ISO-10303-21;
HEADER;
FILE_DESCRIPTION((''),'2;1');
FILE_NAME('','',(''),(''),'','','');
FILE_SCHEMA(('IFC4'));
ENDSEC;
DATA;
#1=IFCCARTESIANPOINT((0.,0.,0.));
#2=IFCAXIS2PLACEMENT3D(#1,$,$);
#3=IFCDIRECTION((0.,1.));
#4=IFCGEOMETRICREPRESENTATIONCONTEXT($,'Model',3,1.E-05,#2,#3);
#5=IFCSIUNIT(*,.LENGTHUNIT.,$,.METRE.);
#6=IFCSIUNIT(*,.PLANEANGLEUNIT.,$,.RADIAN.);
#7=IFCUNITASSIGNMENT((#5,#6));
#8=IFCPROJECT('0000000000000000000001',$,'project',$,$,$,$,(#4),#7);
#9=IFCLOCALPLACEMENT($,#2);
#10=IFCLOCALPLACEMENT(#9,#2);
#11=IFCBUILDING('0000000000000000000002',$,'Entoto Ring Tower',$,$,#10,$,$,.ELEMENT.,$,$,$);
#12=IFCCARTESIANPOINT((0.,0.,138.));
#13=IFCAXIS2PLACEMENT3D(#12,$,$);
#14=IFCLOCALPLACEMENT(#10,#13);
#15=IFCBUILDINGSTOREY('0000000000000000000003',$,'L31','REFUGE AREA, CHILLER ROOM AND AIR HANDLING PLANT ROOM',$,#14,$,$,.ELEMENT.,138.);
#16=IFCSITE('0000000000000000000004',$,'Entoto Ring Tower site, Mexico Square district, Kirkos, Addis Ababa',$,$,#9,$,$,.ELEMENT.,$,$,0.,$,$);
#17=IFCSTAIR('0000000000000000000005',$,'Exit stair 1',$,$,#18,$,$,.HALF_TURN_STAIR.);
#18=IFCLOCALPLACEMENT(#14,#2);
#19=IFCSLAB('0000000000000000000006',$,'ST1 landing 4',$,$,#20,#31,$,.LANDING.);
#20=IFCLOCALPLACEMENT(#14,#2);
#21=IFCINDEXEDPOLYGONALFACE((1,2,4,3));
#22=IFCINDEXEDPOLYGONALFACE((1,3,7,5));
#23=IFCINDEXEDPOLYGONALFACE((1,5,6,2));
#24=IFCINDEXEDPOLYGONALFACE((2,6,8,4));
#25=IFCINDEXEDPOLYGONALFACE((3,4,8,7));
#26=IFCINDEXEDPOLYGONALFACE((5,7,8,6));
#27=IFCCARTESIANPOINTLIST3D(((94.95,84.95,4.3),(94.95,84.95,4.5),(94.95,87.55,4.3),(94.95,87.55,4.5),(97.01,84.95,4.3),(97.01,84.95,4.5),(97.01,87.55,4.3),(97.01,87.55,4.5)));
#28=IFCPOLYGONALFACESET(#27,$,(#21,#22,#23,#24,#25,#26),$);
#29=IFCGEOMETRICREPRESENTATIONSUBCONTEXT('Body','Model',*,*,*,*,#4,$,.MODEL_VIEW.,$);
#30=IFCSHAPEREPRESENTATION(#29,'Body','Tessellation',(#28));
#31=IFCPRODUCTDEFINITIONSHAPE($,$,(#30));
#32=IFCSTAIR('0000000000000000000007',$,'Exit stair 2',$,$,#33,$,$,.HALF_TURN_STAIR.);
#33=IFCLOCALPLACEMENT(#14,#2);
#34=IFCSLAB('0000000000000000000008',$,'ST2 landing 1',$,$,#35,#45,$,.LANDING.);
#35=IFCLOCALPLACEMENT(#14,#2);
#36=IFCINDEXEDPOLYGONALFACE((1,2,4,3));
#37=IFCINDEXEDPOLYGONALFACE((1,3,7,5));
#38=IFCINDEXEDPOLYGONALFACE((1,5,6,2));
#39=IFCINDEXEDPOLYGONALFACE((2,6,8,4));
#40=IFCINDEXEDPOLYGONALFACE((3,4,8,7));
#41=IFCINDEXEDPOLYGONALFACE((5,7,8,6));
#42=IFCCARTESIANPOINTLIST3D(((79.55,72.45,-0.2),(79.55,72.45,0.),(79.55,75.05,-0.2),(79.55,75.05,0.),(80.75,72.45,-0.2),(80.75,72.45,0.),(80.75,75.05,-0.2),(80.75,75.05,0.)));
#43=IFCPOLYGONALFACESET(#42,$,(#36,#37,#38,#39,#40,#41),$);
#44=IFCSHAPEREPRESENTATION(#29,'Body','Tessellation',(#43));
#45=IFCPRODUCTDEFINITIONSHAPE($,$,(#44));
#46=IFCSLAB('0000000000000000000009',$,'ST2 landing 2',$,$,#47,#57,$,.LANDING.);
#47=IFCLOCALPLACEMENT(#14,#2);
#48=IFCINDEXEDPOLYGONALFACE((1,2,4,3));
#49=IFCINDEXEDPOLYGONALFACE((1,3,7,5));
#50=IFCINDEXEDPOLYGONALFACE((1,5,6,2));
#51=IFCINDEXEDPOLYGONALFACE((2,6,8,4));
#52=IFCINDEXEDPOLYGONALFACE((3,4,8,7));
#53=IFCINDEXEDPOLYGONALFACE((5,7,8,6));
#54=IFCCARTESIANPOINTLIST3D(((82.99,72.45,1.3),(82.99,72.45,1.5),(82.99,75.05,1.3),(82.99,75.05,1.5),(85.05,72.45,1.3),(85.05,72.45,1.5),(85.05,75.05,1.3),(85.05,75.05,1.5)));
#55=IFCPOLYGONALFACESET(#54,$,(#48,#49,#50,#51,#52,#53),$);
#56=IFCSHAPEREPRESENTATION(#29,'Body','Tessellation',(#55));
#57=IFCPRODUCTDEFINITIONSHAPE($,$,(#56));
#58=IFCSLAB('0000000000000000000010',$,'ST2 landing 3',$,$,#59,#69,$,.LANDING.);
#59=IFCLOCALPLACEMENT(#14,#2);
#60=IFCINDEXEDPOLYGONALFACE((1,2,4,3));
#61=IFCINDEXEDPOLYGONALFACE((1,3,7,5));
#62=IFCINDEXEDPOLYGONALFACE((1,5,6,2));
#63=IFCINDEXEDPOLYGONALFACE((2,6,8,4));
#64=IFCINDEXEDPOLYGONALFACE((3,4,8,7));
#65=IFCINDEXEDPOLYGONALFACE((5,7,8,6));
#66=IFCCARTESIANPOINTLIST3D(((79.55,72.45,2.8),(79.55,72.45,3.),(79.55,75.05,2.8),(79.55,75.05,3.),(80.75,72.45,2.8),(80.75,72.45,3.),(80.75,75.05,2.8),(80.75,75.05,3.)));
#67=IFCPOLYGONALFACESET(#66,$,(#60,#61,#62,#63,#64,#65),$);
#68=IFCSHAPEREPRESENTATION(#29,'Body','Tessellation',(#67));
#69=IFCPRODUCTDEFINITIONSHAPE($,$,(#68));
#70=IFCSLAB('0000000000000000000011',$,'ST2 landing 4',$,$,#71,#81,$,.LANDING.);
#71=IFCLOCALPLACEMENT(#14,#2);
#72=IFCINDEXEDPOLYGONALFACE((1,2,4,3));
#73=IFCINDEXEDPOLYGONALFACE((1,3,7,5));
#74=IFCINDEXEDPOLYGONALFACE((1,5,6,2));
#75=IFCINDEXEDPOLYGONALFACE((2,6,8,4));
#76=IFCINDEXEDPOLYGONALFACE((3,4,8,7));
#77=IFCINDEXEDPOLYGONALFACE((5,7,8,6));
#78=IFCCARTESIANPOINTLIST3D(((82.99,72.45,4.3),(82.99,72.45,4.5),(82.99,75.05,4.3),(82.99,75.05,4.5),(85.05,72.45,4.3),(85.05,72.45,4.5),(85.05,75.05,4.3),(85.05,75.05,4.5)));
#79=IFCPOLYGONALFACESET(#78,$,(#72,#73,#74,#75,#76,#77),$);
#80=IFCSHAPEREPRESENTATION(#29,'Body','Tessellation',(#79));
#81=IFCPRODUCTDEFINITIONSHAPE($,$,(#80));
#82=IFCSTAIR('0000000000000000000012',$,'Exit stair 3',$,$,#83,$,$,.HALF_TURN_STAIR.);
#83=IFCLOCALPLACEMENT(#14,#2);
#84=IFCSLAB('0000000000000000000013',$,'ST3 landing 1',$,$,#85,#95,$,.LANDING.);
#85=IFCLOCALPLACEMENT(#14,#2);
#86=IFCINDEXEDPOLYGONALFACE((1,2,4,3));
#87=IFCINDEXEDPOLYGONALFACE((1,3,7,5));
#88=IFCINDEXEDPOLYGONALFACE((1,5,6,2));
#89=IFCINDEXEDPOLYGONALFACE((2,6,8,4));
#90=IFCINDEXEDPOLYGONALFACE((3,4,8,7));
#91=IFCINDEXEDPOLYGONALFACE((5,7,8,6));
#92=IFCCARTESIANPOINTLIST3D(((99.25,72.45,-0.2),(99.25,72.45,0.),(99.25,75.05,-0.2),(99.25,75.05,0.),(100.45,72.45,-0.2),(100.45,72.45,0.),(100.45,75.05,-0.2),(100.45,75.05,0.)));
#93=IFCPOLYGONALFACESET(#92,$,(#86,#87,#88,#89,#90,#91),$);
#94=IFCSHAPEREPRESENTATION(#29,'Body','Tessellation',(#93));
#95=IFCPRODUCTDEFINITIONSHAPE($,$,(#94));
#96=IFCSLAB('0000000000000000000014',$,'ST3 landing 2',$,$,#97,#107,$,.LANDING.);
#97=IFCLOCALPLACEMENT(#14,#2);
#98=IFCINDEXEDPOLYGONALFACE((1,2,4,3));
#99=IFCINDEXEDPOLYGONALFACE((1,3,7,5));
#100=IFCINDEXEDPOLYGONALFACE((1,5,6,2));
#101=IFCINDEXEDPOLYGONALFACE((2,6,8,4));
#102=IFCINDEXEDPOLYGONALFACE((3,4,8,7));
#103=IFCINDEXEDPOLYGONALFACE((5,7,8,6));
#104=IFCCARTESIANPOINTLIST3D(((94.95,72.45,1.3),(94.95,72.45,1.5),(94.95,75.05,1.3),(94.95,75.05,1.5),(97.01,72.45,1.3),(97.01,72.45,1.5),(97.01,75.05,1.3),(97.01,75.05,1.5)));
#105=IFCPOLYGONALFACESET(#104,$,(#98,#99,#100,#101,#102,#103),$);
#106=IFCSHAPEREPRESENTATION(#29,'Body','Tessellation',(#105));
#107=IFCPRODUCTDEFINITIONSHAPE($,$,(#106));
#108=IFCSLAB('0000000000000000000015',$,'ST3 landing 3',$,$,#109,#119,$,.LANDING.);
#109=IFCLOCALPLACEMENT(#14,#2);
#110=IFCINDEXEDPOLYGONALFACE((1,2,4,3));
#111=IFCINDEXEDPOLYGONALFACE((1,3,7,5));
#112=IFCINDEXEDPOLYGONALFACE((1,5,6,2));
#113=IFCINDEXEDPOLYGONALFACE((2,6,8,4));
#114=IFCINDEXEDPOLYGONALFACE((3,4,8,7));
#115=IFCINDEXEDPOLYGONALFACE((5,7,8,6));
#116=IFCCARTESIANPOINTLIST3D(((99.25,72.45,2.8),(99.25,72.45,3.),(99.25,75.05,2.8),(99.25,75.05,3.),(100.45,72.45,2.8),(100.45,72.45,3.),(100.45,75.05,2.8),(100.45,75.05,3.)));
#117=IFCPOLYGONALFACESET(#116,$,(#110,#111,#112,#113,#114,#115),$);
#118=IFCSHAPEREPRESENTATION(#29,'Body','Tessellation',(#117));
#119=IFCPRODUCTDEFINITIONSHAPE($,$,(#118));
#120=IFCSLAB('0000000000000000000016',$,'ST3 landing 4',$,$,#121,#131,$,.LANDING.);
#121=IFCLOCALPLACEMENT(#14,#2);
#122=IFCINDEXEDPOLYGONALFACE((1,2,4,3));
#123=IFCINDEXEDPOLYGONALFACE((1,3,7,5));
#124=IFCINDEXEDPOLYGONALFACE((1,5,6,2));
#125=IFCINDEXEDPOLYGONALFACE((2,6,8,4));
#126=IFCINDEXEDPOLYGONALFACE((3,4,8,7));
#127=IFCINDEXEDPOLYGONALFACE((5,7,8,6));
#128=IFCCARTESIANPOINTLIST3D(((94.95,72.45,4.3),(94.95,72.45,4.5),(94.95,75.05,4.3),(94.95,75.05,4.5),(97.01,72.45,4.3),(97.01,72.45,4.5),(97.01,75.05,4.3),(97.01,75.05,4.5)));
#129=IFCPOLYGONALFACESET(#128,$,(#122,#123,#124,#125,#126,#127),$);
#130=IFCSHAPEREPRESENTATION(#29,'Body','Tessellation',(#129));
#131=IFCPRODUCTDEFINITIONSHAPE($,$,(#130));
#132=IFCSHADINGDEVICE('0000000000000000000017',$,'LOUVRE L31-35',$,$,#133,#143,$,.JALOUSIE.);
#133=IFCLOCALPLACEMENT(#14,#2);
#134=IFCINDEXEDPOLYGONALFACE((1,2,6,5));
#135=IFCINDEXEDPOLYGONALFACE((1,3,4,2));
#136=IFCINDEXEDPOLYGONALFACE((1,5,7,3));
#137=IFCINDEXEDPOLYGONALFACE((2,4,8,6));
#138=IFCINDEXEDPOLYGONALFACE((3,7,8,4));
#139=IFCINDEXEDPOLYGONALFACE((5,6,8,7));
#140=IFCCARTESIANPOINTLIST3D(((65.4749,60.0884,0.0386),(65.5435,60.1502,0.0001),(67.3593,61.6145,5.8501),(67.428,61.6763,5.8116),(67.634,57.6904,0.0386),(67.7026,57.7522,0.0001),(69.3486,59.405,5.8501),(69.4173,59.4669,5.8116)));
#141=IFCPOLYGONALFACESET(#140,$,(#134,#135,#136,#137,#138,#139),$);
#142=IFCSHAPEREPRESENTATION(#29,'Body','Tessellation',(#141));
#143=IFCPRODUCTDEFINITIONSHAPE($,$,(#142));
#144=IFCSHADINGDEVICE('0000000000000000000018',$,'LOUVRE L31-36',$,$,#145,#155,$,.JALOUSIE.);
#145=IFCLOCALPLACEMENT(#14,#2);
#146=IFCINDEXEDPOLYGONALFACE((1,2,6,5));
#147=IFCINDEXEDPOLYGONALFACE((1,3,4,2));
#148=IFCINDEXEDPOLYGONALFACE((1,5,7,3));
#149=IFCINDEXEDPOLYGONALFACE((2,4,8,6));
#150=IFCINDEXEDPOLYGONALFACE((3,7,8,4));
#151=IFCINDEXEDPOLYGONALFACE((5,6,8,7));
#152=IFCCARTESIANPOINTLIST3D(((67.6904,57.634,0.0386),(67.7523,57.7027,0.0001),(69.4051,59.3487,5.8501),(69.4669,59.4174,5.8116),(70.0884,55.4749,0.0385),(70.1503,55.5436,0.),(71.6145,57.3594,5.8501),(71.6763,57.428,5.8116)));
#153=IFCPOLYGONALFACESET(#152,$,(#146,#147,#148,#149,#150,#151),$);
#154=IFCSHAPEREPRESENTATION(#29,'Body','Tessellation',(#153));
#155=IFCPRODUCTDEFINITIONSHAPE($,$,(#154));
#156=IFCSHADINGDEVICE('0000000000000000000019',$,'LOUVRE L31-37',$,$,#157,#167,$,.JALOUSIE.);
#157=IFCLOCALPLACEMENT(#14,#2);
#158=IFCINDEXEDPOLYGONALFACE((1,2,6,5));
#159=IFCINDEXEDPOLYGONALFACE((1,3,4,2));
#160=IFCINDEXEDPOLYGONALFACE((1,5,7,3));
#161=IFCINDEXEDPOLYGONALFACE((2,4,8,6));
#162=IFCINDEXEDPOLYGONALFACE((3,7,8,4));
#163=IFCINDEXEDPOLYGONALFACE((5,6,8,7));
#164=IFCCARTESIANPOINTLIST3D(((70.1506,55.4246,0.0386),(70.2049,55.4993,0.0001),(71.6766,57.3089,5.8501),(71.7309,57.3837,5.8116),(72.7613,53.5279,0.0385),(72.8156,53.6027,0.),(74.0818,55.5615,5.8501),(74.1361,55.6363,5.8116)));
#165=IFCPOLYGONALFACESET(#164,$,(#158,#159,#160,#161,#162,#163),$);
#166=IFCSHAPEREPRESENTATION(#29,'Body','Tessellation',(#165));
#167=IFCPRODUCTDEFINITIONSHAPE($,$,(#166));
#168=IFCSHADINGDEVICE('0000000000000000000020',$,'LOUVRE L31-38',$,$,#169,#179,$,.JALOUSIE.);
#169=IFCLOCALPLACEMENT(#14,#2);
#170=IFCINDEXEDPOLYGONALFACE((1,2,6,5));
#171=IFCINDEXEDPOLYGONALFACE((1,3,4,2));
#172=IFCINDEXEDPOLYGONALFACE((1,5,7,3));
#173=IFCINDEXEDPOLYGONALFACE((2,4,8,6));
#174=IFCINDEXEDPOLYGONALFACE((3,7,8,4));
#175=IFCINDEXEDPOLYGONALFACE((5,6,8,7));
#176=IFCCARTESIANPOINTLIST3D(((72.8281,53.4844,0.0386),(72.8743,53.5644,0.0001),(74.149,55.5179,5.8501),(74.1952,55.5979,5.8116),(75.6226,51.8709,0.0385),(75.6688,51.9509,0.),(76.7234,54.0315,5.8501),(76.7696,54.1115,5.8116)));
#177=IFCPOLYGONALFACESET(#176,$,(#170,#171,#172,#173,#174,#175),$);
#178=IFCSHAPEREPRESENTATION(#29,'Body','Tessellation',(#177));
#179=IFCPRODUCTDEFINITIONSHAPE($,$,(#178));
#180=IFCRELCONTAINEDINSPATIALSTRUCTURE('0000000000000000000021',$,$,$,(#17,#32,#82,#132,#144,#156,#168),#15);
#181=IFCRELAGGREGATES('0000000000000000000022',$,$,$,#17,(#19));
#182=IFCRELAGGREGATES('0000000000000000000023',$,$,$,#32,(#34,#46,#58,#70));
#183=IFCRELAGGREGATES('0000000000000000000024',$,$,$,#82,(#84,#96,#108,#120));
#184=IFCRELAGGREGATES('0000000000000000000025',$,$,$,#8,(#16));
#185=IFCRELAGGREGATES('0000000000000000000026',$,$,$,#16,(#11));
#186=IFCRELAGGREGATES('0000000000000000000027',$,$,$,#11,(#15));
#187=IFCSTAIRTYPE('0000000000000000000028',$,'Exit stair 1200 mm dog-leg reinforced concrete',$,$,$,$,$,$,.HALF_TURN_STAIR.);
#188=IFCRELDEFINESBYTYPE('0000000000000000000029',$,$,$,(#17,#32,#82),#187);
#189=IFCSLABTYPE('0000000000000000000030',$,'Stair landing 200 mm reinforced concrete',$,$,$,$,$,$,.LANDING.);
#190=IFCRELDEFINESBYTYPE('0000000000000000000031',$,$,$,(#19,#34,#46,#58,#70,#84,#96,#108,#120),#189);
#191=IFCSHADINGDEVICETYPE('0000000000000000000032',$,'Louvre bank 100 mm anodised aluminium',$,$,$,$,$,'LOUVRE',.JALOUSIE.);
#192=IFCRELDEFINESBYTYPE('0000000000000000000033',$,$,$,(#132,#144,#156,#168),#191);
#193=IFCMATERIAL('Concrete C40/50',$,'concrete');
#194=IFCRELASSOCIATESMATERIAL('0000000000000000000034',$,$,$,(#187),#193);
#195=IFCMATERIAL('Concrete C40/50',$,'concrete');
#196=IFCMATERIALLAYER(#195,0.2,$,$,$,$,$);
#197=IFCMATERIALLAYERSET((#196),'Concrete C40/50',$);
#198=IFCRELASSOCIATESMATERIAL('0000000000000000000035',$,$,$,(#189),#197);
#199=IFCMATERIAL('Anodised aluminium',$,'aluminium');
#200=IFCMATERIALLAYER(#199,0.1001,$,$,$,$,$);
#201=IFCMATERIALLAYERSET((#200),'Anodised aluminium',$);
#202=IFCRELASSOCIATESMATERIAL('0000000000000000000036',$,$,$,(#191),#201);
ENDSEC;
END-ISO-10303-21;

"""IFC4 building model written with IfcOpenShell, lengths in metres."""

from ifc_helpers import new_model, si_unit, direction, frame, origin, place, context, subcontext, project, spatial, polyline, outline, extrude, material, layer, layer_set, type_object, element, aggregate, save


model = new_model("IFC4")

# Units and contexts
model_context = context("Model", 3, precision=1e-05, world=origin(), true_north=direction((0.0, 1.0)))
body_context = subcontext(model_context, "Body", "Model", "MODEL_VIEW")
ifc_project = project(units=[si_unit("LENGTHUNIT", "METRE"), si_unit("PLANEANGLEUNIT", "RADIAN")], contexts=[model_context])

# Site, building, storey
site_placement = place(None, origin())
site = spatial("IfcSite", under=ifc_project, at=site_placement, Name="Entoto Ring Tower site, Mexico Square district, Kirkos, Addis Ababa", CompositionType="ELEMENT", RefElevation=0.0)
building_placement = place(site_placement, origin())
building = spatial("IfcBuilding", under=site, at=building_placement, Name="Entoto Ring Tower", CompositionType="ELEMENT")
storey_placement = place(building_placement, frame((0.0, 0.0, 138.0)))
storey = spatial("IfcBuildingStorey", under=building, at=storey_placement, Name="L31", Description="REFUGE AREA, CHILLER ROOM AND AIR HANDLING PLANT ROOM", CompositionType="ELEMENT", Elevation=138.0)

# Stairs, slabs
ifc_material_1 = material(Name="Concrete C40/50", Category="concrete")
stair_type = type_object("IfcStairType", Name="Exit stair 1200 mm dog-leg reinforced concrete", PredefinedType="HALF_TURN_STAIR", material=ifc_material_1)
stair_1_placement = place(storey_placement, origin())
stair_1 = element("IfcStair", 1, at=stair_1_placement, inside=storey, type_object=stair_type, Name="Exit stair 1", PredefinedType="HALF_TURN_STAIR")
ifc_material_2 = material(Name="Concrete C40/50", Category="concrete")
ifc_layer_1 = layer(ifc_material_2, 0.2)
ifc_layer_set_1 = layer_set([ifc_layer_1], Name="Concrete C40/50")
slab_type_1 = type_object("IfcSlabType", Name="Stair landing 200 mm reinforced concrete", PredefinedType="LANDING", material=ifc_layer_set_1)
slab_1_placement = place(storey_placement, frame((0.0, 0.0, 4.3)))
slab_1 = element("IfcSlab", 2, at=slab_1_placement, type_object=slab_type_1, Name="ST1 landing 4", PredefinedType="LANDING", context=body_context, shape_type="SweptSolid", body=[
    extrude(outline(polyline([(94.95, 84.95), (97.01, 84.95), (97.01, 87.55), (94.95, 87.55), (94.95, 84.95)])), origin(), (0.0, 0.0, 1.0), 0.2),
])
aggregate(stair_1, [slab_1])
stair_2_placement = place(storey_placement, origin())
stair_2 = element("IfcStair", 3, at=stair_2_placement, inside=storey, type_object=stair_type, Name="Exit stair 2", PredefinedType="HALF_TURN_STAIR")
slab_2_placement = place(storey_placement, frame((0.0, 0.0, -0.2)))
slab_2 = element("IfcSlab", 4, at=slab_2_placement, type_object=slab_type_1, Name="ST2 landing 1", PredefinedType="LANDING", context=body_context, shape_type="SweptSolid", body=[
    extrude(outline(polyline([(80.75, 72.45), (80.75, 75.05), (79.55, 75.05), (79.55, 72.45), (80.75, 72.45)])), origin(), (0.0, 0.0, 1.0), 0.2),
])
slab_3_placement = place(storey_placement, frame((0.0, 0.0, 1.3)))
slab_3 = element("IfcSlab", 5, at=slab_3_placement, type_object=slab_type_1, Name="ST2 landing 2", PredefinedType="LANDING", context=body_context, shape_type="SweptSolid", body=[
    extrude(outline(polyline([(82.99, 72.45), (85.05, 72.45), (85.05, 75.05), (82.99, 75.05), (82.99, 72.45)])), origin(), (0.0, 0.0, 1.0), 0.2),
])
slab_4_placement = place(storey_placement, frame((0.0, 0.0, 2.8)))
slab_4 = element("IfcSlab", 6, at=slab_4_placement, type_object=slab_type_1, Name="ST2 landing 3", PredefinedType="LANDING", context=body_context, shape_type="SweptSolid", body=[
    extrude(outline(polyline([(79.55, 72.45), (80.75, 72.45), (80.75, 75.05), (79.55, 75.05), (79.55, 72.45)])), origin(), (0.0, 0.0, 1.0), 0.2),
])
slab_5_placement = place(storey_placement, frame((0.0, 0.0, 4.3)))
slab_5 = element("IfcSlab", 7, at=slab_5_placement, type_object=slab_type_1, Name="ST2 landing 4", PredefinedType="LANDING", context=body_context, shape_type="SweptSolid", body=[
    extrude(outline(polyline([(82.99, 72.45), (85.05, 72.45), (85.05, 75.05), (82.99, 75.05), (82.99, 72.45)])), origin(), (0.0, 0.0, 1.0), 0.2),
])
aggregate(stair_2, [slab_2, slab_3, slab_4, slab_5])
stair_3_placement = place(storey_placement, origin())
stair_3 = element("IfcStair", 8, at=stair_3_placement, inside=storey, type_object=stair_type, Name="Exit stair 3", PredefinedType="HALF_TURN_STAIR")
slab_6_placement = place(storey_placement, frame((0.0, 0.0, -0.2)))
slab_6 = element("IfcSlab", 9, at=slab_6_placement, type_object=slab_type_1, Name="ST3 landing 1", PredefinedType="LANDING", context=body_context, shape_type="SweptSolid", body=[
    extrude(outline(polyline([(100.45, 72.45), (100.45, 75.05), (99.25, 75.05), (99.25, 72.45), (100.45, 72.45)])), origin(), (0.0, 0.0, 1.0), 0.2),
])
slab_7_placement = place(storey_placement, frame((0.0, 0.0, 1.3)))
slab_7 = element("IfcSlab", 10, at=slab_7_placement, type_object=slab_type_1, Name="ST3 landing 2", PredefinedType="LANDING", context=body_context, shape_type="SweptSolid", body=[
    extrude(outline(polyline([(94.95, 72.45), (97.01, 72.45), (97.01, 75.05), (94.95, 75.05), (94.95, 72.45)])), origin(), (0.0, 0.0, 1.0), 0.2),
])
slab_8_placement = place(storey_placement, frame((0.0, 0.0, 2.8)))
slab_8 = element("IfcSlab", 11, at=slab_8_placement, type_object=slab_type_1, Name="ST3 landing 3", PredefinedType="LANDING", context=body_context, shape_type="SweptSolid", body=[
    extrude(outline(polyline([(99.25, 72.45), (100.45, 72.45), (100.45, 75.05), (99.25, 75.05), (99.25, 72.45)])), origin(), (0.0, 0.0, 1.0), 0.2),
])
slab_9_placement = place(storey_placement, frame((0.0, 0.0, 4.3)))
slab_9 = element("IfcSlab", 12, at=slab_9_placement, type_object=slab_type_1, Name="ST3 landing 4", PredefinedType="LANDING", context=body_context, shape_type="SweptSolid", body=[
    extrude(outline(polyline([(94.95, 72.45), (97.01, 72.45), (97.01, 75.05), (94.95, 75.05), (94.95, 72.45)])), origin(), (0.0, 0.0, 1.0), 0.2),
])
aggregate(stair_3, [slab_6, slab_7, slab_8, slab_9])

# Shading devices
ifc_material_3 = material(Name="Anodised aluminium", Category="aluminium")
ifc_layer_2 = layer(ifc_material_3, 0.1001)
ifc_layer_set_2 = layer_set([ifc_layer_2], Name="Anodised aluminium")
shading_device_type = type_object("IfcShadingDeviceType", Name="Louvre bank 100 mm anodised aluminium", ElementType="LOUVRE", PredefinedType="JALOUSIE", material=ifc_layer_set_2)
shading_device_1_placement = place(storey_placement, frame((65.4749, 60.0884, 0.0386), z_axis=(-0.685983, -0.617647, 0.384629), x_axis=(0.669124, -0.743151, 0.000009)))
element("IfcShadingDevice", 13, at=shading_device_1_placement, inside=storey, type_object=shading_device_type, Name="LOUVRE L31-35", PredefinedType="JALOUSIE", context=body_context, shape_type="SweptSolid", body=[
    extrude(outline(polyline([(0.0, 0.0), (3.2268, 0.0), (3.0999, 6.2958), (0.1269, 6.2959), (0.0, 0.0)])), origin(), (0.0, 0.0, -1.0), 0.1001),
])
shading_device_2_placement = place(storey_placement, frame((67.6904, 57.634, 0.0386), z_axis=(-0.617647, -0.685983, 0.384629), x_axis=(0.743151, -0.669124, -0.000009)))
element("IfcShadingDevice", 14, at=shading_device_2_placement, inside=storey, type_object=shading_device_type, Name="LOUVRE L31-36", PredefinedType="JALOUSIE", context=body_context, shape_type="SweptSolid", body=[
    extrude(outline(polyline([(0.0, 0.0), (3.2268, 0.0), (3.0999, 6.2959), (0.1269, 6.2958), (0.0, 0.0)])), origin(), (0.0, 0.0, -1.0), 0.1001),
])
shading_device_3_placement = place(storey_placement, frame((70.1506, 55.4246, 0.0386), z_axis=(-0.542554, -0.746802, 0.384606), x_axis=(0.80903, -0.587768, -0.000011)))
element("IfcShadingDevice", 15, at=shading_device_3_placement, inside=storey, type_object=shading_device_type, Name="LOUVRE L31-37", PredefinedType="JALOUSIE", context=body_context, shape_type="SweptSolid", body=[
    extrude(outline(polyline([(0.0, 0.0), (3.2269, 0.0), (3.0999, 6.2958), (0.1269, 6.2958), (0.0, 0.0)])), origin(), (0.0, 0.0, -1.0), 0.1001),
])
shading_device_4_placement = place(storey_placement, frame((72.8281, 53.4844, 0.0386), z_axis=(-0.461551, -0.799399, 0.38462), x_axis=(0.866015, -0.500018, -0.000009)))
element("IfcShadingDevice", 16, at=shading_device_4_placement, inside=storey, type_object=shading_device_type, Name="LOUVRE L31-38", PredefinedType="JALOUSIE", context=body_context, shape_type="SweptSolid", body=[
    extrude(outline(polyline([(0.0, 0.0), (3.2268, 0.0), (3.0997, 6.2959), (0.127, 6.2958), (0.0, 0.0)])), origin(), (0.0, 0.0, -1.0), 0.1001),
])

save(model, "model.ifc")
